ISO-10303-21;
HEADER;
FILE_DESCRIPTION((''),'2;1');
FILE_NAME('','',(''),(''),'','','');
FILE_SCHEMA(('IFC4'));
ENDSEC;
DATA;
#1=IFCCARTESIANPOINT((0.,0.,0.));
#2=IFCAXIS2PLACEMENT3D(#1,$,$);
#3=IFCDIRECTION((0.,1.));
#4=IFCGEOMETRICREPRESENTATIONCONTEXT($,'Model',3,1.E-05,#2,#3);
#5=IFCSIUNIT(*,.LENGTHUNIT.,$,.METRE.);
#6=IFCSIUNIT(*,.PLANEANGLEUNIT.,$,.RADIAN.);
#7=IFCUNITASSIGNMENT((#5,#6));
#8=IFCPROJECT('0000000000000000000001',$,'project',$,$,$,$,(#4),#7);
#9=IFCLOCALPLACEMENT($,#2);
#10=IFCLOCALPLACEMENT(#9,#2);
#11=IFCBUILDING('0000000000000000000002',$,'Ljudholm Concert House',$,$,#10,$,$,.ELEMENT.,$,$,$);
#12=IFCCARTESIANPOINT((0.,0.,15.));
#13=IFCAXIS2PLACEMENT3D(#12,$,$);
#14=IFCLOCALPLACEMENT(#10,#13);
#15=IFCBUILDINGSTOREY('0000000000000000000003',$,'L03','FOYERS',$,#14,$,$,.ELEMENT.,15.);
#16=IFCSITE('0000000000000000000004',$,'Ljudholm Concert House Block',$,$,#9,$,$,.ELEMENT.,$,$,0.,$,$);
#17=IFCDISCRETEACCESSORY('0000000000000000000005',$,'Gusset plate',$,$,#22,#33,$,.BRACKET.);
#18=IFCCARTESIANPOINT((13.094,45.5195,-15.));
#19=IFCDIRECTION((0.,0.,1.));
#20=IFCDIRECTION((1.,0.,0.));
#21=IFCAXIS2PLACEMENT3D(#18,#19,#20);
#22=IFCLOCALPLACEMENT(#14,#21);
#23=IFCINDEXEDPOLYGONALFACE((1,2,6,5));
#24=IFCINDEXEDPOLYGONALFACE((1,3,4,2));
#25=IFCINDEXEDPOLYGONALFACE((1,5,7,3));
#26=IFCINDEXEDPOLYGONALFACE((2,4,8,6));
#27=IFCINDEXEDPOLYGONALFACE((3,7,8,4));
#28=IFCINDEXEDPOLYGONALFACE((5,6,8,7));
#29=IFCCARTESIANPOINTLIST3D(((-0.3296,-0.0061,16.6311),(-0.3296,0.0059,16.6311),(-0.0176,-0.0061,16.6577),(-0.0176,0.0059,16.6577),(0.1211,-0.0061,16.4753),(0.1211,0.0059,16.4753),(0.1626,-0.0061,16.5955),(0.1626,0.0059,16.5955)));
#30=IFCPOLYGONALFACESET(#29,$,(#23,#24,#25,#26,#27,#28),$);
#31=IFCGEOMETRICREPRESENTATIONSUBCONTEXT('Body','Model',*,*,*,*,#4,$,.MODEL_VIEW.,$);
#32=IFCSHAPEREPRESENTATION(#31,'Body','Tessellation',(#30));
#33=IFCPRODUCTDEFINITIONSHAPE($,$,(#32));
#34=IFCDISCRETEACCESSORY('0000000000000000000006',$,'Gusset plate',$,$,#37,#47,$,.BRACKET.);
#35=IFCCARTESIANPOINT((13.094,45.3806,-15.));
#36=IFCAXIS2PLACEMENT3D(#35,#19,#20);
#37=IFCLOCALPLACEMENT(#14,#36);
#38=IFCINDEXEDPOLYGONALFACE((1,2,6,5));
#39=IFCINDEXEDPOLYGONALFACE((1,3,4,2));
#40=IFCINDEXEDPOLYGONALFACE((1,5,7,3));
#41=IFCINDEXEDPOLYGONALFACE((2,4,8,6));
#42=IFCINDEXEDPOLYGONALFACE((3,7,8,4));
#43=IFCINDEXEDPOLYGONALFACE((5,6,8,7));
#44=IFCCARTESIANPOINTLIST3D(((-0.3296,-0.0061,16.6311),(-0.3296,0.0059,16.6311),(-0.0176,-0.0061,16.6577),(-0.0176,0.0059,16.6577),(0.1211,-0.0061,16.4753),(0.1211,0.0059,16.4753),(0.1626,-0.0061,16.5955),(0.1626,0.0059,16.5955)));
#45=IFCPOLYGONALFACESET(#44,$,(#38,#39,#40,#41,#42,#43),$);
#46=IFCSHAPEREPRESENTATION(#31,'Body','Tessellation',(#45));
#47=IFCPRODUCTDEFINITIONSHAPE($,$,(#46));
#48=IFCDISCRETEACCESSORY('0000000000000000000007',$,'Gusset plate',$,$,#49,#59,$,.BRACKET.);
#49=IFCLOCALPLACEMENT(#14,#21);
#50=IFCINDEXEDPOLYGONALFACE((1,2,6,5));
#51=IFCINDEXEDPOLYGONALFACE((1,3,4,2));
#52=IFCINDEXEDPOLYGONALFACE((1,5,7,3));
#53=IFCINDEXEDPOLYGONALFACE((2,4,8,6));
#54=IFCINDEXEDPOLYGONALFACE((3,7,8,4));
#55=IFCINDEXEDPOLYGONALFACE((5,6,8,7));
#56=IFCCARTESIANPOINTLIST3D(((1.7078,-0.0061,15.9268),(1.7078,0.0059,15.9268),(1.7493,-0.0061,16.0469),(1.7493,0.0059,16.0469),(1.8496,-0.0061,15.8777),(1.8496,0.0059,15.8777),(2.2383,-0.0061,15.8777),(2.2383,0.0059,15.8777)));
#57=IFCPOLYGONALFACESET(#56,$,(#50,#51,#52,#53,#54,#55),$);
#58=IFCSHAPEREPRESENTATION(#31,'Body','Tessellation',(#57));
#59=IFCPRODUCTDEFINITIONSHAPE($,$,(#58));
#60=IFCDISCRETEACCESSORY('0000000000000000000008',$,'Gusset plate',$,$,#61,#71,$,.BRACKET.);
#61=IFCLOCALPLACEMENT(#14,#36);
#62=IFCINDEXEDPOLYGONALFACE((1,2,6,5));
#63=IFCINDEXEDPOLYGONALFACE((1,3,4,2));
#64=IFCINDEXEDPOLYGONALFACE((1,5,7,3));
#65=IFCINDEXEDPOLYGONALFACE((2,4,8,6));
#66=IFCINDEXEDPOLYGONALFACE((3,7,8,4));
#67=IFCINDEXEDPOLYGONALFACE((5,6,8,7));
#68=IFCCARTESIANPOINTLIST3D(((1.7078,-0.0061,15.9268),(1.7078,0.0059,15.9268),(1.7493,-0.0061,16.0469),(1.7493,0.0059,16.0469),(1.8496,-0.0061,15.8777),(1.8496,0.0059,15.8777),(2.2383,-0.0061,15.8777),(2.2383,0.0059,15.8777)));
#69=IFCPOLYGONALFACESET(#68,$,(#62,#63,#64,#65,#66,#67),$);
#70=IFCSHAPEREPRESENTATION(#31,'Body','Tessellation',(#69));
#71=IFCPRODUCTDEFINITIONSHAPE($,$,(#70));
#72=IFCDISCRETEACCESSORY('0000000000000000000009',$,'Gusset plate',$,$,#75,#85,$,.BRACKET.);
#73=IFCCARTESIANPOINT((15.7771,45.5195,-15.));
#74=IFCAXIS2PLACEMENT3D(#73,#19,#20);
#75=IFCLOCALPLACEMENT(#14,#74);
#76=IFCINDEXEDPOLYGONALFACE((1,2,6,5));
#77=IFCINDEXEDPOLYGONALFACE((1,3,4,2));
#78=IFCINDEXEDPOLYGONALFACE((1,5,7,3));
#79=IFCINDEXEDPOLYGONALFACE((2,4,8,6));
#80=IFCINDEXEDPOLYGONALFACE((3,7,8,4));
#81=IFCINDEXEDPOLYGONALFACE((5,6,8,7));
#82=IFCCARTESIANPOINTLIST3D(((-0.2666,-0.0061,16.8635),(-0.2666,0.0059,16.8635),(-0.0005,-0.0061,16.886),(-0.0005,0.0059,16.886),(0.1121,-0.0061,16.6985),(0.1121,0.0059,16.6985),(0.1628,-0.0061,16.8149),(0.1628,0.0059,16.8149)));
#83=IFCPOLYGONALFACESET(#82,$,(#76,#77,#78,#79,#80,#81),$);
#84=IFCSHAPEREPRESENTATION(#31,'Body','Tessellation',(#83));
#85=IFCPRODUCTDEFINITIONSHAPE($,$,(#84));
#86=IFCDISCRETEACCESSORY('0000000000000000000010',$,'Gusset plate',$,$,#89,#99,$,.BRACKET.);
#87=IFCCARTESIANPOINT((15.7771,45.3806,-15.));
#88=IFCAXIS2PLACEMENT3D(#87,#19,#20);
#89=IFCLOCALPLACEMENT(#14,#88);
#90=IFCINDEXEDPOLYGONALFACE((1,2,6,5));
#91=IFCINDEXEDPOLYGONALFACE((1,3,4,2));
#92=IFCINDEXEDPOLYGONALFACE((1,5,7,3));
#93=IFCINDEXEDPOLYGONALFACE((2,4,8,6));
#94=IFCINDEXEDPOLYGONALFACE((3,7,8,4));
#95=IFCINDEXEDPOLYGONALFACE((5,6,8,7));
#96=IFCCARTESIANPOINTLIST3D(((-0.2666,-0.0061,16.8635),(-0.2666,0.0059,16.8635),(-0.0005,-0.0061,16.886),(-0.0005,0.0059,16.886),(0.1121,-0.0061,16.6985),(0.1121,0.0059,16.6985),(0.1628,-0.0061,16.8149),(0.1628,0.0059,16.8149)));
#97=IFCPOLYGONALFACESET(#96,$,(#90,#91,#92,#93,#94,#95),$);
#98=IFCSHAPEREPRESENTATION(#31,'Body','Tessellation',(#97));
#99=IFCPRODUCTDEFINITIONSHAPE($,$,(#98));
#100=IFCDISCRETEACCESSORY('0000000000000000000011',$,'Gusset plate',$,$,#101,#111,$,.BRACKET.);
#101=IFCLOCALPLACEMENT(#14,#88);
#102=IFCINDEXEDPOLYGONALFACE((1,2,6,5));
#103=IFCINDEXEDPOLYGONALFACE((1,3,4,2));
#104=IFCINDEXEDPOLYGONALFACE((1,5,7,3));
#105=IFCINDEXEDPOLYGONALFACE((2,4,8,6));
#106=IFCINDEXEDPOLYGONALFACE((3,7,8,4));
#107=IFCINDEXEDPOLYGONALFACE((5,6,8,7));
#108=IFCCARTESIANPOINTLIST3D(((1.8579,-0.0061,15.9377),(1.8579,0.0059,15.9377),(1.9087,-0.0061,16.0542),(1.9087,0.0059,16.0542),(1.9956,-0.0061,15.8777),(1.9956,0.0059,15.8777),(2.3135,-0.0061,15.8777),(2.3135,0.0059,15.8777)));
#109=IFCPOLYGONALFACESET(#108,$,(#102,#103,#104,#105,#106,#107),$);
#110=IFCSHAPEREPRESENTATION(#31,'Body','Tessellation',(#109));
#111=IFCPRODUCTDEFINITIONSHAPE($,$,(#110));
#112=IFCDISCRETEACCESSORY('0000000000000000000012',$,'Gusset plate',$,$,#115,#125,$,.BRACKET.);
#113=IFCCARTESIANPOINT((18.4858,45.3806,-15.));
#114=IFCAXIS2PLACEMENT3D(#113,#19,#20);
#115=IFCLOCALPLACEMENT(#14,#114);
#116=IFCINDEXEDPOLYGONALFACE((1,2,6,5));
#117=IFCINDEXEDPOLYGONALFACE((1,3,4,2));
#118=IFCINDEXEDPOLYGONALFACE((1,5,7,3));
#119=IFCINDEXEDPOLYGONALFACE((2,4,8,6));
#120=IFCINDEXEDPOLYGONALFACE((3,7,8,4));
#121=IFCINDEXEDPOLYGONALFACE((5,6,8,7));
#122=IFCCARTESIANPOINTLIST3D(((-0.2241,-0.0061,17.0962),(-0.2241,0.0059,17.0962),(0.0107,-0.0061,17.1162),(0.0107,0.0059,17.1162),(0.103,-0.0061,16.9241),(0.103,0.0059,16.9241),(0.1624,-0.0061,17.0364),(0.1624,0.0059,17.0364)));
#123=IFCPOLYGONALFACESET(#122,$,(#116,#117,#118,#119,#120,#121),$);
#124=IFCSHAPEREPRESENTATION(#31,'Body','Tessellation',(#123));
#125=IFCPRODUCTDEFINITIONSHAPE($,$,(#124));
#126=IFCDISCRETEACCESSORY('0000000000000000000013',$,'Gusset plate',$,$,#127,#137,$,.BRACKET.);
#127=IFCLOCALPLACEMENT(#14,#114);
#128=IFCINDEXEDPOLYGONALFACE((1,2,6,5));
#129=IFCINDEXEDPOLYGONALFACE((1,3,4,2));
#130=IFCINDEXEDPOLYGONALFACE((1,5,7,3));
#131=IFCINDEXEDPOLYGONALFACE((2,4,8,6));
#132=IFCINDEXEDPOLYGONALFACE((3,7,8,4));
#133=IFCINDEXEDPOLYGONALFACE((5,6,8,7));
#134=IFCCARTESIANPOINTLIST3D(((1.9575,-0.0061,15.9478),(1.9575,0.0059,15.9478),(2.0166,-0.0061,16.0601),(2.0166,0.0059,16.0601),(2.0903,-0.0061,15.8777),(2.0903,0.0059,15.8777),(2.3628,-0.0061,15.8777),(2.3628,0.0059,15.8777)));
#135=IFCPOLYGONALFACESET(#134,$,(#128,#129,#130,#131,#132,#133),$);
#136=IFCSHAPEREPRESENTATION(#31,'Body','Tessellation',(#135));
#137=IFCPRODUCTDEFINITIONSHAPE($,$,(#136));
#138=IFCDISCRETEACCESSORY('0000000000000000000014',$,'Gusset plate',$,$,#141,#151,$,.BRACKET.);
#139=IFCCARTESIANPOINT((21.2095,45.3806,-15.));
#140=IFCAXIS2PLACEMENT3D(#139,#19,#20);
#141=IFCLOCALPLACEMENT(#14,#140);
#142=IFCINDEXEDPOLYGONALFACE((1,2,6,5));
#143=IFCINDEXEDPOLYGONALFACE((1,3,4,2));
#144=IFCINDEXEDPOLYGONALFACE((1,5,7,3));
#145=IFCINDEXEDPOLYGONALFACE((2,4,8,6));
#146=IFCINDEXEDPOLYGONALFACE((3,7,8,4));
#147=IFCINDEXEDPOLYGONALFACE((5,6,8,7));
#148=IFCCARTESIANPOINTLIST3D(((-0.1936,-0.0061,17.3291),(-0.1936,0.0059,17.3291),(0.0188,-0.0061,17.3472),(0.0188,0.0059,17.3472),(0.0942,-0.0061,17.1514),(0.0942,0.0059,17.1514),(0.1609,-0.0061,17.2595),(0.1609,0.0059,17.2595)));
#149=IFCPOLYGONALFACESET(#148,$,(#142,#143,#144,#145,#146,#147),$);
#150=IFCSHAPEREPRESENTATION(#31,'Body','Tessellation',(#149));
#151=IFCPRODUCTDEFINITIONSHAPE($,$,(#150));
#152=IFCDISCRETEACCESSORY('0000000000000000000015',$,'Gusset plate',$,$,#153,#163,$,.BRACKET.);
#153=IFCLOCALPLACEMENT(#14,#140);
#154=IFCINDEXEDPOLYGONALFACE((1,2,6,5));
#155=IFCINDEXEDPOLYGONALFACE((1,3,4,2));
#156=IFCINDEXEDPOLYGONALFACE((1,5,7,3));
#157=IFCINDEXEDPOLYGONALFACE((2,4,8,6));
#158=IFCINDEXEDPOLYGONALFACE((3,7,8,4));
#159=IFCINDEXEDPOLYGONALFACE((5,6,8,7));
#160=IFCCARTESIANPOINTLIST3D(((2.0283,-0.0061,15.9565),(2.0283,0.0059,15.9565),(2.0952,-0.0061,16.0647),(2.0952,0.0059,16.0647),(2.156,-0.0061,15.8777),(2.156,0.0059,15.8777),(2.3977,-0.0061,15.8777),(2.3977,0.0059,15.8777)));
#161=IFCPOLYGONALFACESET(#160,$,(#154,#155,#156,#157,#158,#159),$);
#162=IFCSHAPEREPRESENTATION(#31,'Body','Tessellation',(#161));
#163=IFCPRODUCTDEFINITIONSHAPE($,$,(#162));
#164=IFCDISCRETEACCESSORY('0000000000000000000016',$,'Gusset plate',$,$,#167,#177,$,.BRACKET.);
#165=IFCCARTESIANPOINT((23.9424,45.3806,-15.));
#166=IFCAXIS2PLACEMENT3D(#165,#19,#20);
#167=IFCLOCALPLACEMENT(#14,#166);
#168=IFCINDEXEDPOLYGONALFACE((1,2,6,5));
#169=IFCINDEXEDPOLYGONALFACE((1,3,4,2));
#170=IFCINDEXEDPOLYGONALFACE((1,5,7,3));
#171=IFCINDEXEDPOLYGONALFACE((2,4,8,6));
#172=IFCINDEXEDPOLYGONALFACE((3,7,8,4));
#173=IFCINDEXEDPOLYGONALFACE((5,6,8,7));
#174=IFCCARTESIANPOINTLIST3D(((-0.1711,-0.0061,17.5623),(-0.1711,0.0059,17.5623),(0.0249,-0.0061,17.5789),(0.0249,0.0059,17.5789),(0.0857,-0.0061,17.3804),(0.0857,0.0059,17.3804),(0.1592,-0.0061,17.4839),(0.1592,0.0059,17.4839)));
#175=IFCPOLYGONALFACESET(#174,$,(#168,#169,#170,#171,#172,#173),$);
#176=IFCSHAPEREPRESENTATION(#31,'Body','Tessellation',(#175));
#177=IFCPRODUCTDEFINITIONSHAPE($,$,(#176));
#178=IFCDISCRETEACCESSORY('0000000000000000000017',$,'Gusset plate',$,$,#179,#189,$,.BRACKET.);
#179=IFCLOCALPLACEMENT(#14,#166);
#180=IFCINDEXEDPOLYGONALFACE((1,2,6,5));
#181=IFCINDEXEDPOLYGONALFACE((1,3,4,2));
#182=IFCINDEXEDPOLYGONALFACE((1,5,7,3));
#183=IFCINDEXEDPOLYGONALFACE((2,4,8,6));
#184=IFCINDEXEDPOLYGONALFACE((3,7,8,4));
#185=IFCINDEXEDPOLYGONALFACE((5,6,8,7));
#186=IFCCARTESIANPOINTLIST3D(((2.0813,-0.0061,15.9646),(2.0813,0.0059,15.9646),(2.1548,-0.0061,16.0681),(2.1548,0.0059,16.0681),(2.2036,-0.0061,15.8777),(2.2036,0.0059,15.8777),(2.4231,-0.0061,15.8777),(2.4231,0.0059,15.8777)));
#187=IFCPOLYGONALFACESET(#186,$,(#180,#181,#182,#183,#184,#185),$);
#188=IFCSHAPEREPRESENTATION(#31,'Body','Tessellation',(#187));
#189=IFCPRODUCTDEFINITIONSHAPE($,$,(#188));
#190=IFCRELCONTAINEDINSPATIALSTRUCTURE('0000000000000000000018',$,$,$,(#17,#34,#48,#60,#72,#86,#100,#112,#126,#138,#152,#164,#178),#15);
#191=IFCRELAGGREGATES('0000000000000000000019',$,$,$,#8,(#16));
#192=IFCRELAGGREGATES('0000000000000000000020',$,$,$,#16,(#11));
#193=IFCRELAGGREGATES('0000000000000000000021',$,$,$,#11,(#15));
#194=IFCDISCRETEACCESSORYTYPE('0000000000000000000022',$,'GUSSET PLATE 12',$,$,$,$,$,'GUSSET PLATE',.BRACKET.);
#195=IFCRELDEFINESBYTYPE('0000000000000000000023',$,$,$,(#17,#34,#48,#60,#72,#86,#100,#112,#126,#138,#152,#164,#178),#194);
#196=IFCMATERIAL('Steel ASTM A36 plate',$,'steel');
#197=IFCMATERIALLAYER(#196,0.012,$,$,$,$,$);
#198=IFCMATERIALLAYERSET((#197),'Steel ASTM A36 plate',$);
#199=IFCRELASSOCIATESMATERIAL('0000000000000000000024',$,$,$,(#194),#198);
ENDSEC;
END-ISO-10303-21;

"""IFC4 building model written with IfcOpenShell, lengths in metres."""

from ifc_helpers import new_model, si_unit, direction, frame, origin, place, context, subcontext, project, spatial, polyline, outline, extrude, material, layer, layer_set, type_object, element, save


model = new_model("IFC4")

# Units and contexts
model_context = context("Model", 3, precision=1e-05, world=origin(), true_north=direction((0.0, 1.0)))
body_context = subcontext(model_context, "Body", "Model", "MODEL_VIEW")
ifc_project = project(units=[si_unit("LENGTHUNIT", "METRE"), si_unit("PLANEANGLEUNIT", "RADIAN")], contexts=[model_context])

# Site, building, storey
site_placement = place(None, origin())
site = spatial("IfcSite", under=ifc_project, at=site_placement, Name="Ljudholm Concert House Block", CompositionType="ELEMENT", RefElevation=0.0)
building_placement = place(site_placement, origin())
building = spatial("IfcBuilding", under=site, at=building_placement, Name="Ljudholm Concert House", CompositionType="ELEMENT")
storey_placement = place(building_placement, frame((0.0, 0.0, 15.0)))
storey = spatial("IfcBuildingStorey", under=building, at=storey_placement, Name="L03", Description="FOYERS", CompositionType="ELEMENT", Elevation=15.0)

# Discrete accessories
ifc_material = material(Name="Steel ASTM A36 plate", Category="steel")
ifc_layer = layer(ifc_material, 0.012)
ifc_layer_set = layer_set([ifc_layer], Name="Steel ASTM A36 plate")
discrete_accessory_type = type_object("IfcDiscreteAccessoryType", Name="GUSSET PLATE 12", ElementType="GUSSET PLATE", PredefinedType="BRACKET", material=ifc_layer_set)
for number, where, z_axis, x_axis, name in (
    (1, (13.094, 45.5195, -15.0), (0.0, 0.0, 1.0), (1.0, 0.0, 0.0), "Gusset plate"),
    (2, (13.094, 45.3806, -15.0), (0.0, 0.0, 1.0), (1.0, 0.0, 0.0), "Gusset plate"),
):
    element("IfcDiscreteAccessory", number, at=place(storey_placement, frame(where, z_axis=z_axis, x_axis=x_axis)), inside=storey, type_object=discrete_accessory_type, Name=name, PredefinedType="BRACKET", context=body_context, shape_type="SweptSolid", body=[
        extrude(outline(polyline([(0.1211, 16.4753), (-0.3296, 16.6311), (-0.0176, 16.6577), (0.1626, 16.5955), (0.1211, 16.4753)])), frame((0.0, 0.0059, 0.0), z_axis=(0.0, -1.0, 0.0), x_axis=(1.0, 0.0, 0.0)), (0.0, 0.0, 1.0), 0.012),
    ])
for number, where, z_axis, x_axis, name in (
    (3, (13.094, 45.5195, -15.0), (0.0, 0.0, 1.0), (1.0, 0.0, 0.0), "Gusset plate"),
    (4, (13.094, 45.3806, -15.0), (0.0, 0.0, 1.0), (1.0, 0.0, 0.0), "Gusset plate"),
):
    element("IfcDiscreteAccessory", number, at=place(storey_placement, frame(where, z_axis=z_axis, x_axis=x_axis)), inside=storey, type_object=discrete_accessory_type, Name=name, PredefinedType="BRACKET", context=body_context, shape_type="SweptSolid", body=[
        extrude(outline(polyline([(1.7493, 16.0469), (2.2383, 15.8777), (1.8496, 15.8777), (1.7078, 15.9268), (1.7493, 16.0469)])), frame((0.0, 0.0059, 0.0), z_axis=(0.0, -1.0, 0.0), x_axis=(1.0, 0.0, 0.0)), (0.0, 0.0, 1.0), 0.012),
    ])
for number, where, z_axis, x_axis, name in (
    (5, (15.7771, 45.5195, -15.0), (0.0, 0.0, 1.0), (1.0, 0.0, 0.0), "Gusset plate"),
    (6, (15.7771, 45.3806, -15.0), (0.0, 0.0, 1.0), (1.0, 0.0, 0.0), "Gusset plate"),
):
    element("IfcDiscreteAccessory", number, at=place(storey_placement, frame(where, z_axis=z_axis, x_axis=x_axis)), inside=storey, type_object=discrete_accessory_type, Name=name, PredefinedType="BRACKET", context=body_context, shape_type="SweptSolid", body=[
        extrude(outline(polyline([(0.1121, 16.6985), (-0.2666, 16.8635), (-0.0005, 16.886), (0.1628, 16.8149), (0.1121, 16.6985)])), frame((0.0, 0.0059, 0.0), z_axis=(0.0, -1.0, 0.0), x_axis=(1.0, 0.0, 0.0)), (0.0, 0.0, 1.0), 0.012),
    ])
discrete_accessory_1_placement = place(storey_placement, frame((15.7771, 45.3806, -15.0), z_axis=(0.0, 0.0, 1.0), x_axis=(1.0, 0.0, 0.0)))
element("IfcDiscreteAccessory", 7, at=discrete_accessory_1_placement, inside=storey, type_object=discrete_accessory_type, Name="Gusset plate", PredefinedType="BRACKET", context=body_context, shape_type="SweptSolid", body=[
    extrude(outline(polyline([(1.9087, 16.0542), (2.3135, 15.8777), (1.9956, 15.8777), (1.8579, 15.9377), (1.9087, 16.0542)])), frame((0.0, 0.0059, 0.0), z_axis=(0.0, -1.0, 0.0), x_axis=(1.0, 0.0, 0.0)), (0.0, 0.0, 1.0), 0.012),
])
discrete_accessory_2_placement = place(storey_placement, frame((18.4858, 45.3806, -15.0), z_axis=(0.0, 0.0, 1.0), x_axis=(1.0, 0.0, 0.0)))
element("IfcDiscreteAccessory", 8, at=discrete_accessory_2_placement, inside=storey, type_object=discrete_accessory_type, Name="Gusset plate", PredefinedType="BRACKET", context=body_context, shape_type="SweptSolid", body=[
    extrude(outline(polyline([(0.103, 16.9241), (-0.2241, 17.0962), (0.0107, 17.1162), (0.1624, 17.0364), (0.103, 16.9241)])), frame((0.0, 0.0059, 0.0), z_axis=(0.0, -1.0, 0.0), x_axis=(1.0, 0.0, 0.0)), (0.0, 0.0, 1.0), 0.012),
])
discrete_accessory_3_placement = place(storey_placement, frame((18.4858, 45.3806, -15.0), z_axis=(0.0, 0.0, 1.0), x_axis=(1.0, 0.0, 0.0)))
element("IfcDiscreteAccessory", 9, at=discrete_accessory_3_placement, inside=storey, type_object=discrete_accessory_type, Name="Gusset plate", PredefinedType="BRACKET", context=body_context, shape_type="SweptSolid", body=[
    extrude(outline(polyline([(2.0166, 16.0601), (2.3628, 15.8777), (2.0903, 15.8777), (1.9575, 15.9478), (2.0166, 16.0601)])), frame((0.0, 0.0059, 0.0), z_axis=(0.0, -1.0, 0.0), x_axis=(1.0, 0.0, 0.0)), (0.0, 0.0, 1.0), 0.012),
])
discrete_accessory_4_placement = place(storey_placement, frame((21.2095, 45.3806, -15.0), z_axis=(0.0, 0.0, 1.0), x_axis=(1.0, 0.0, 0.0)))
element("IfcDiscreteAccessory", 10, at=discrete_accessory_4_placement, inside=storey, type_object=discrete_accessory_type, Name="Gusset plate", PredefinedType="BRACKET", context=body_context, shape_type="SweptSolid", body=[
    extrude(outline(polyline([(0.0942, 17.1514), (-0.1936, 17.3291), (0.0188, 17.3472), (0.1609, 17.2595), (0.0942, 17.1514)])), frame((0.0, 0.0059, 0.0), z_axis=(0.0, -1.0, 0.0), x_axis=(1.0, 0.0, 0.0)), (0.0, 0.0, 1.0), 0.012),
])
discrete_accessory_5_placement = place(storey_placement, frame((21.2095, 45.3806, -15.0), z_axis=(0.0, 0.0, 1.0), x_axis=(1.0, 0.0, 0.0)))
element("IfcDiscreteAccessory", 11, at=discrete_accessory_5_placement, inside=storey, type_object=discrete_accessory_type, Name="Gusset plate", PredefinedType="BRACKET", context=body_context, shape_type="SweptSolid", body=[
    extrude(outline(polyline([(2.0952, 16.0647), (2.3977, 15.8777), (2.156, 15.8777), (2.0283, 15.9565), (2.0952, 16.0647)])), frame((0.0, 0.0059, 0.0), z_axis=(0.0, -1.0, 0.0), x_axis=(1.0, 0.0, 0.0)), (0.0, 0.0, 1.0), 0.012),
])
discrete_accessory_6_placement = place(storey_placement, frame((23.9424, 45.3806, -15.0), z_axis=(0.0, 0.0, 1.0), x_axis=(1.0, 0.0, 0.0)))
element("IfcDiscreteAccessory", 12, at=discrete_accessory_6_placement, inside=storey, type_object=discrete_accessory_type, Name="Gusset plate", PredefinedType="BRACKET", context=body_context, shape_type="SweptSolid", body=[
    extrude(outline(polyline([(0.0857, 17.3804), (-0.1711, 17.5623), (0.0249, 17.5789), (0.1592, 17.4839), (0.0857, 17.3804)])), frame((0.0, 0.0059, 0.0), z_axis=(0.0, -1.0, 0.0), x_axis=(1.0, 0.0, 0.0)), (0.0, 0.0, 1.0), 0.012),
])
discrete_accessory_7_placement = place(storey_placement, frame((23.9424, 45.3806, -15.0), z_axis=(0.0, 0.0, 1.0), x_axis=(1.0, 0.0, 0.0)))
element("IfcDiscreteAccessory", 13, at=discrete_accessory_7_placement, inside=storey, type_object=discrete_accessory_type, Name="Gusset plate", PredefinedType="BRACKET", context=body_context, shape_type="SweptSolid", body=[
    extrude(outline(polyline([(2.1548, 16.0681), (2.4231, 15.8777), (2.2036, 15.8777), (2.0813, 15.9646), (2.1548, 16.0681)])), frame((0.0, 0.0059, 0.0), z_axis=(0.0, -1.0, 0.0), x_axis=(1.0, 0.0, 0.0)), (0.0, 0.0, 1.0), 0.012),
])

save(model, "model.ifc")
